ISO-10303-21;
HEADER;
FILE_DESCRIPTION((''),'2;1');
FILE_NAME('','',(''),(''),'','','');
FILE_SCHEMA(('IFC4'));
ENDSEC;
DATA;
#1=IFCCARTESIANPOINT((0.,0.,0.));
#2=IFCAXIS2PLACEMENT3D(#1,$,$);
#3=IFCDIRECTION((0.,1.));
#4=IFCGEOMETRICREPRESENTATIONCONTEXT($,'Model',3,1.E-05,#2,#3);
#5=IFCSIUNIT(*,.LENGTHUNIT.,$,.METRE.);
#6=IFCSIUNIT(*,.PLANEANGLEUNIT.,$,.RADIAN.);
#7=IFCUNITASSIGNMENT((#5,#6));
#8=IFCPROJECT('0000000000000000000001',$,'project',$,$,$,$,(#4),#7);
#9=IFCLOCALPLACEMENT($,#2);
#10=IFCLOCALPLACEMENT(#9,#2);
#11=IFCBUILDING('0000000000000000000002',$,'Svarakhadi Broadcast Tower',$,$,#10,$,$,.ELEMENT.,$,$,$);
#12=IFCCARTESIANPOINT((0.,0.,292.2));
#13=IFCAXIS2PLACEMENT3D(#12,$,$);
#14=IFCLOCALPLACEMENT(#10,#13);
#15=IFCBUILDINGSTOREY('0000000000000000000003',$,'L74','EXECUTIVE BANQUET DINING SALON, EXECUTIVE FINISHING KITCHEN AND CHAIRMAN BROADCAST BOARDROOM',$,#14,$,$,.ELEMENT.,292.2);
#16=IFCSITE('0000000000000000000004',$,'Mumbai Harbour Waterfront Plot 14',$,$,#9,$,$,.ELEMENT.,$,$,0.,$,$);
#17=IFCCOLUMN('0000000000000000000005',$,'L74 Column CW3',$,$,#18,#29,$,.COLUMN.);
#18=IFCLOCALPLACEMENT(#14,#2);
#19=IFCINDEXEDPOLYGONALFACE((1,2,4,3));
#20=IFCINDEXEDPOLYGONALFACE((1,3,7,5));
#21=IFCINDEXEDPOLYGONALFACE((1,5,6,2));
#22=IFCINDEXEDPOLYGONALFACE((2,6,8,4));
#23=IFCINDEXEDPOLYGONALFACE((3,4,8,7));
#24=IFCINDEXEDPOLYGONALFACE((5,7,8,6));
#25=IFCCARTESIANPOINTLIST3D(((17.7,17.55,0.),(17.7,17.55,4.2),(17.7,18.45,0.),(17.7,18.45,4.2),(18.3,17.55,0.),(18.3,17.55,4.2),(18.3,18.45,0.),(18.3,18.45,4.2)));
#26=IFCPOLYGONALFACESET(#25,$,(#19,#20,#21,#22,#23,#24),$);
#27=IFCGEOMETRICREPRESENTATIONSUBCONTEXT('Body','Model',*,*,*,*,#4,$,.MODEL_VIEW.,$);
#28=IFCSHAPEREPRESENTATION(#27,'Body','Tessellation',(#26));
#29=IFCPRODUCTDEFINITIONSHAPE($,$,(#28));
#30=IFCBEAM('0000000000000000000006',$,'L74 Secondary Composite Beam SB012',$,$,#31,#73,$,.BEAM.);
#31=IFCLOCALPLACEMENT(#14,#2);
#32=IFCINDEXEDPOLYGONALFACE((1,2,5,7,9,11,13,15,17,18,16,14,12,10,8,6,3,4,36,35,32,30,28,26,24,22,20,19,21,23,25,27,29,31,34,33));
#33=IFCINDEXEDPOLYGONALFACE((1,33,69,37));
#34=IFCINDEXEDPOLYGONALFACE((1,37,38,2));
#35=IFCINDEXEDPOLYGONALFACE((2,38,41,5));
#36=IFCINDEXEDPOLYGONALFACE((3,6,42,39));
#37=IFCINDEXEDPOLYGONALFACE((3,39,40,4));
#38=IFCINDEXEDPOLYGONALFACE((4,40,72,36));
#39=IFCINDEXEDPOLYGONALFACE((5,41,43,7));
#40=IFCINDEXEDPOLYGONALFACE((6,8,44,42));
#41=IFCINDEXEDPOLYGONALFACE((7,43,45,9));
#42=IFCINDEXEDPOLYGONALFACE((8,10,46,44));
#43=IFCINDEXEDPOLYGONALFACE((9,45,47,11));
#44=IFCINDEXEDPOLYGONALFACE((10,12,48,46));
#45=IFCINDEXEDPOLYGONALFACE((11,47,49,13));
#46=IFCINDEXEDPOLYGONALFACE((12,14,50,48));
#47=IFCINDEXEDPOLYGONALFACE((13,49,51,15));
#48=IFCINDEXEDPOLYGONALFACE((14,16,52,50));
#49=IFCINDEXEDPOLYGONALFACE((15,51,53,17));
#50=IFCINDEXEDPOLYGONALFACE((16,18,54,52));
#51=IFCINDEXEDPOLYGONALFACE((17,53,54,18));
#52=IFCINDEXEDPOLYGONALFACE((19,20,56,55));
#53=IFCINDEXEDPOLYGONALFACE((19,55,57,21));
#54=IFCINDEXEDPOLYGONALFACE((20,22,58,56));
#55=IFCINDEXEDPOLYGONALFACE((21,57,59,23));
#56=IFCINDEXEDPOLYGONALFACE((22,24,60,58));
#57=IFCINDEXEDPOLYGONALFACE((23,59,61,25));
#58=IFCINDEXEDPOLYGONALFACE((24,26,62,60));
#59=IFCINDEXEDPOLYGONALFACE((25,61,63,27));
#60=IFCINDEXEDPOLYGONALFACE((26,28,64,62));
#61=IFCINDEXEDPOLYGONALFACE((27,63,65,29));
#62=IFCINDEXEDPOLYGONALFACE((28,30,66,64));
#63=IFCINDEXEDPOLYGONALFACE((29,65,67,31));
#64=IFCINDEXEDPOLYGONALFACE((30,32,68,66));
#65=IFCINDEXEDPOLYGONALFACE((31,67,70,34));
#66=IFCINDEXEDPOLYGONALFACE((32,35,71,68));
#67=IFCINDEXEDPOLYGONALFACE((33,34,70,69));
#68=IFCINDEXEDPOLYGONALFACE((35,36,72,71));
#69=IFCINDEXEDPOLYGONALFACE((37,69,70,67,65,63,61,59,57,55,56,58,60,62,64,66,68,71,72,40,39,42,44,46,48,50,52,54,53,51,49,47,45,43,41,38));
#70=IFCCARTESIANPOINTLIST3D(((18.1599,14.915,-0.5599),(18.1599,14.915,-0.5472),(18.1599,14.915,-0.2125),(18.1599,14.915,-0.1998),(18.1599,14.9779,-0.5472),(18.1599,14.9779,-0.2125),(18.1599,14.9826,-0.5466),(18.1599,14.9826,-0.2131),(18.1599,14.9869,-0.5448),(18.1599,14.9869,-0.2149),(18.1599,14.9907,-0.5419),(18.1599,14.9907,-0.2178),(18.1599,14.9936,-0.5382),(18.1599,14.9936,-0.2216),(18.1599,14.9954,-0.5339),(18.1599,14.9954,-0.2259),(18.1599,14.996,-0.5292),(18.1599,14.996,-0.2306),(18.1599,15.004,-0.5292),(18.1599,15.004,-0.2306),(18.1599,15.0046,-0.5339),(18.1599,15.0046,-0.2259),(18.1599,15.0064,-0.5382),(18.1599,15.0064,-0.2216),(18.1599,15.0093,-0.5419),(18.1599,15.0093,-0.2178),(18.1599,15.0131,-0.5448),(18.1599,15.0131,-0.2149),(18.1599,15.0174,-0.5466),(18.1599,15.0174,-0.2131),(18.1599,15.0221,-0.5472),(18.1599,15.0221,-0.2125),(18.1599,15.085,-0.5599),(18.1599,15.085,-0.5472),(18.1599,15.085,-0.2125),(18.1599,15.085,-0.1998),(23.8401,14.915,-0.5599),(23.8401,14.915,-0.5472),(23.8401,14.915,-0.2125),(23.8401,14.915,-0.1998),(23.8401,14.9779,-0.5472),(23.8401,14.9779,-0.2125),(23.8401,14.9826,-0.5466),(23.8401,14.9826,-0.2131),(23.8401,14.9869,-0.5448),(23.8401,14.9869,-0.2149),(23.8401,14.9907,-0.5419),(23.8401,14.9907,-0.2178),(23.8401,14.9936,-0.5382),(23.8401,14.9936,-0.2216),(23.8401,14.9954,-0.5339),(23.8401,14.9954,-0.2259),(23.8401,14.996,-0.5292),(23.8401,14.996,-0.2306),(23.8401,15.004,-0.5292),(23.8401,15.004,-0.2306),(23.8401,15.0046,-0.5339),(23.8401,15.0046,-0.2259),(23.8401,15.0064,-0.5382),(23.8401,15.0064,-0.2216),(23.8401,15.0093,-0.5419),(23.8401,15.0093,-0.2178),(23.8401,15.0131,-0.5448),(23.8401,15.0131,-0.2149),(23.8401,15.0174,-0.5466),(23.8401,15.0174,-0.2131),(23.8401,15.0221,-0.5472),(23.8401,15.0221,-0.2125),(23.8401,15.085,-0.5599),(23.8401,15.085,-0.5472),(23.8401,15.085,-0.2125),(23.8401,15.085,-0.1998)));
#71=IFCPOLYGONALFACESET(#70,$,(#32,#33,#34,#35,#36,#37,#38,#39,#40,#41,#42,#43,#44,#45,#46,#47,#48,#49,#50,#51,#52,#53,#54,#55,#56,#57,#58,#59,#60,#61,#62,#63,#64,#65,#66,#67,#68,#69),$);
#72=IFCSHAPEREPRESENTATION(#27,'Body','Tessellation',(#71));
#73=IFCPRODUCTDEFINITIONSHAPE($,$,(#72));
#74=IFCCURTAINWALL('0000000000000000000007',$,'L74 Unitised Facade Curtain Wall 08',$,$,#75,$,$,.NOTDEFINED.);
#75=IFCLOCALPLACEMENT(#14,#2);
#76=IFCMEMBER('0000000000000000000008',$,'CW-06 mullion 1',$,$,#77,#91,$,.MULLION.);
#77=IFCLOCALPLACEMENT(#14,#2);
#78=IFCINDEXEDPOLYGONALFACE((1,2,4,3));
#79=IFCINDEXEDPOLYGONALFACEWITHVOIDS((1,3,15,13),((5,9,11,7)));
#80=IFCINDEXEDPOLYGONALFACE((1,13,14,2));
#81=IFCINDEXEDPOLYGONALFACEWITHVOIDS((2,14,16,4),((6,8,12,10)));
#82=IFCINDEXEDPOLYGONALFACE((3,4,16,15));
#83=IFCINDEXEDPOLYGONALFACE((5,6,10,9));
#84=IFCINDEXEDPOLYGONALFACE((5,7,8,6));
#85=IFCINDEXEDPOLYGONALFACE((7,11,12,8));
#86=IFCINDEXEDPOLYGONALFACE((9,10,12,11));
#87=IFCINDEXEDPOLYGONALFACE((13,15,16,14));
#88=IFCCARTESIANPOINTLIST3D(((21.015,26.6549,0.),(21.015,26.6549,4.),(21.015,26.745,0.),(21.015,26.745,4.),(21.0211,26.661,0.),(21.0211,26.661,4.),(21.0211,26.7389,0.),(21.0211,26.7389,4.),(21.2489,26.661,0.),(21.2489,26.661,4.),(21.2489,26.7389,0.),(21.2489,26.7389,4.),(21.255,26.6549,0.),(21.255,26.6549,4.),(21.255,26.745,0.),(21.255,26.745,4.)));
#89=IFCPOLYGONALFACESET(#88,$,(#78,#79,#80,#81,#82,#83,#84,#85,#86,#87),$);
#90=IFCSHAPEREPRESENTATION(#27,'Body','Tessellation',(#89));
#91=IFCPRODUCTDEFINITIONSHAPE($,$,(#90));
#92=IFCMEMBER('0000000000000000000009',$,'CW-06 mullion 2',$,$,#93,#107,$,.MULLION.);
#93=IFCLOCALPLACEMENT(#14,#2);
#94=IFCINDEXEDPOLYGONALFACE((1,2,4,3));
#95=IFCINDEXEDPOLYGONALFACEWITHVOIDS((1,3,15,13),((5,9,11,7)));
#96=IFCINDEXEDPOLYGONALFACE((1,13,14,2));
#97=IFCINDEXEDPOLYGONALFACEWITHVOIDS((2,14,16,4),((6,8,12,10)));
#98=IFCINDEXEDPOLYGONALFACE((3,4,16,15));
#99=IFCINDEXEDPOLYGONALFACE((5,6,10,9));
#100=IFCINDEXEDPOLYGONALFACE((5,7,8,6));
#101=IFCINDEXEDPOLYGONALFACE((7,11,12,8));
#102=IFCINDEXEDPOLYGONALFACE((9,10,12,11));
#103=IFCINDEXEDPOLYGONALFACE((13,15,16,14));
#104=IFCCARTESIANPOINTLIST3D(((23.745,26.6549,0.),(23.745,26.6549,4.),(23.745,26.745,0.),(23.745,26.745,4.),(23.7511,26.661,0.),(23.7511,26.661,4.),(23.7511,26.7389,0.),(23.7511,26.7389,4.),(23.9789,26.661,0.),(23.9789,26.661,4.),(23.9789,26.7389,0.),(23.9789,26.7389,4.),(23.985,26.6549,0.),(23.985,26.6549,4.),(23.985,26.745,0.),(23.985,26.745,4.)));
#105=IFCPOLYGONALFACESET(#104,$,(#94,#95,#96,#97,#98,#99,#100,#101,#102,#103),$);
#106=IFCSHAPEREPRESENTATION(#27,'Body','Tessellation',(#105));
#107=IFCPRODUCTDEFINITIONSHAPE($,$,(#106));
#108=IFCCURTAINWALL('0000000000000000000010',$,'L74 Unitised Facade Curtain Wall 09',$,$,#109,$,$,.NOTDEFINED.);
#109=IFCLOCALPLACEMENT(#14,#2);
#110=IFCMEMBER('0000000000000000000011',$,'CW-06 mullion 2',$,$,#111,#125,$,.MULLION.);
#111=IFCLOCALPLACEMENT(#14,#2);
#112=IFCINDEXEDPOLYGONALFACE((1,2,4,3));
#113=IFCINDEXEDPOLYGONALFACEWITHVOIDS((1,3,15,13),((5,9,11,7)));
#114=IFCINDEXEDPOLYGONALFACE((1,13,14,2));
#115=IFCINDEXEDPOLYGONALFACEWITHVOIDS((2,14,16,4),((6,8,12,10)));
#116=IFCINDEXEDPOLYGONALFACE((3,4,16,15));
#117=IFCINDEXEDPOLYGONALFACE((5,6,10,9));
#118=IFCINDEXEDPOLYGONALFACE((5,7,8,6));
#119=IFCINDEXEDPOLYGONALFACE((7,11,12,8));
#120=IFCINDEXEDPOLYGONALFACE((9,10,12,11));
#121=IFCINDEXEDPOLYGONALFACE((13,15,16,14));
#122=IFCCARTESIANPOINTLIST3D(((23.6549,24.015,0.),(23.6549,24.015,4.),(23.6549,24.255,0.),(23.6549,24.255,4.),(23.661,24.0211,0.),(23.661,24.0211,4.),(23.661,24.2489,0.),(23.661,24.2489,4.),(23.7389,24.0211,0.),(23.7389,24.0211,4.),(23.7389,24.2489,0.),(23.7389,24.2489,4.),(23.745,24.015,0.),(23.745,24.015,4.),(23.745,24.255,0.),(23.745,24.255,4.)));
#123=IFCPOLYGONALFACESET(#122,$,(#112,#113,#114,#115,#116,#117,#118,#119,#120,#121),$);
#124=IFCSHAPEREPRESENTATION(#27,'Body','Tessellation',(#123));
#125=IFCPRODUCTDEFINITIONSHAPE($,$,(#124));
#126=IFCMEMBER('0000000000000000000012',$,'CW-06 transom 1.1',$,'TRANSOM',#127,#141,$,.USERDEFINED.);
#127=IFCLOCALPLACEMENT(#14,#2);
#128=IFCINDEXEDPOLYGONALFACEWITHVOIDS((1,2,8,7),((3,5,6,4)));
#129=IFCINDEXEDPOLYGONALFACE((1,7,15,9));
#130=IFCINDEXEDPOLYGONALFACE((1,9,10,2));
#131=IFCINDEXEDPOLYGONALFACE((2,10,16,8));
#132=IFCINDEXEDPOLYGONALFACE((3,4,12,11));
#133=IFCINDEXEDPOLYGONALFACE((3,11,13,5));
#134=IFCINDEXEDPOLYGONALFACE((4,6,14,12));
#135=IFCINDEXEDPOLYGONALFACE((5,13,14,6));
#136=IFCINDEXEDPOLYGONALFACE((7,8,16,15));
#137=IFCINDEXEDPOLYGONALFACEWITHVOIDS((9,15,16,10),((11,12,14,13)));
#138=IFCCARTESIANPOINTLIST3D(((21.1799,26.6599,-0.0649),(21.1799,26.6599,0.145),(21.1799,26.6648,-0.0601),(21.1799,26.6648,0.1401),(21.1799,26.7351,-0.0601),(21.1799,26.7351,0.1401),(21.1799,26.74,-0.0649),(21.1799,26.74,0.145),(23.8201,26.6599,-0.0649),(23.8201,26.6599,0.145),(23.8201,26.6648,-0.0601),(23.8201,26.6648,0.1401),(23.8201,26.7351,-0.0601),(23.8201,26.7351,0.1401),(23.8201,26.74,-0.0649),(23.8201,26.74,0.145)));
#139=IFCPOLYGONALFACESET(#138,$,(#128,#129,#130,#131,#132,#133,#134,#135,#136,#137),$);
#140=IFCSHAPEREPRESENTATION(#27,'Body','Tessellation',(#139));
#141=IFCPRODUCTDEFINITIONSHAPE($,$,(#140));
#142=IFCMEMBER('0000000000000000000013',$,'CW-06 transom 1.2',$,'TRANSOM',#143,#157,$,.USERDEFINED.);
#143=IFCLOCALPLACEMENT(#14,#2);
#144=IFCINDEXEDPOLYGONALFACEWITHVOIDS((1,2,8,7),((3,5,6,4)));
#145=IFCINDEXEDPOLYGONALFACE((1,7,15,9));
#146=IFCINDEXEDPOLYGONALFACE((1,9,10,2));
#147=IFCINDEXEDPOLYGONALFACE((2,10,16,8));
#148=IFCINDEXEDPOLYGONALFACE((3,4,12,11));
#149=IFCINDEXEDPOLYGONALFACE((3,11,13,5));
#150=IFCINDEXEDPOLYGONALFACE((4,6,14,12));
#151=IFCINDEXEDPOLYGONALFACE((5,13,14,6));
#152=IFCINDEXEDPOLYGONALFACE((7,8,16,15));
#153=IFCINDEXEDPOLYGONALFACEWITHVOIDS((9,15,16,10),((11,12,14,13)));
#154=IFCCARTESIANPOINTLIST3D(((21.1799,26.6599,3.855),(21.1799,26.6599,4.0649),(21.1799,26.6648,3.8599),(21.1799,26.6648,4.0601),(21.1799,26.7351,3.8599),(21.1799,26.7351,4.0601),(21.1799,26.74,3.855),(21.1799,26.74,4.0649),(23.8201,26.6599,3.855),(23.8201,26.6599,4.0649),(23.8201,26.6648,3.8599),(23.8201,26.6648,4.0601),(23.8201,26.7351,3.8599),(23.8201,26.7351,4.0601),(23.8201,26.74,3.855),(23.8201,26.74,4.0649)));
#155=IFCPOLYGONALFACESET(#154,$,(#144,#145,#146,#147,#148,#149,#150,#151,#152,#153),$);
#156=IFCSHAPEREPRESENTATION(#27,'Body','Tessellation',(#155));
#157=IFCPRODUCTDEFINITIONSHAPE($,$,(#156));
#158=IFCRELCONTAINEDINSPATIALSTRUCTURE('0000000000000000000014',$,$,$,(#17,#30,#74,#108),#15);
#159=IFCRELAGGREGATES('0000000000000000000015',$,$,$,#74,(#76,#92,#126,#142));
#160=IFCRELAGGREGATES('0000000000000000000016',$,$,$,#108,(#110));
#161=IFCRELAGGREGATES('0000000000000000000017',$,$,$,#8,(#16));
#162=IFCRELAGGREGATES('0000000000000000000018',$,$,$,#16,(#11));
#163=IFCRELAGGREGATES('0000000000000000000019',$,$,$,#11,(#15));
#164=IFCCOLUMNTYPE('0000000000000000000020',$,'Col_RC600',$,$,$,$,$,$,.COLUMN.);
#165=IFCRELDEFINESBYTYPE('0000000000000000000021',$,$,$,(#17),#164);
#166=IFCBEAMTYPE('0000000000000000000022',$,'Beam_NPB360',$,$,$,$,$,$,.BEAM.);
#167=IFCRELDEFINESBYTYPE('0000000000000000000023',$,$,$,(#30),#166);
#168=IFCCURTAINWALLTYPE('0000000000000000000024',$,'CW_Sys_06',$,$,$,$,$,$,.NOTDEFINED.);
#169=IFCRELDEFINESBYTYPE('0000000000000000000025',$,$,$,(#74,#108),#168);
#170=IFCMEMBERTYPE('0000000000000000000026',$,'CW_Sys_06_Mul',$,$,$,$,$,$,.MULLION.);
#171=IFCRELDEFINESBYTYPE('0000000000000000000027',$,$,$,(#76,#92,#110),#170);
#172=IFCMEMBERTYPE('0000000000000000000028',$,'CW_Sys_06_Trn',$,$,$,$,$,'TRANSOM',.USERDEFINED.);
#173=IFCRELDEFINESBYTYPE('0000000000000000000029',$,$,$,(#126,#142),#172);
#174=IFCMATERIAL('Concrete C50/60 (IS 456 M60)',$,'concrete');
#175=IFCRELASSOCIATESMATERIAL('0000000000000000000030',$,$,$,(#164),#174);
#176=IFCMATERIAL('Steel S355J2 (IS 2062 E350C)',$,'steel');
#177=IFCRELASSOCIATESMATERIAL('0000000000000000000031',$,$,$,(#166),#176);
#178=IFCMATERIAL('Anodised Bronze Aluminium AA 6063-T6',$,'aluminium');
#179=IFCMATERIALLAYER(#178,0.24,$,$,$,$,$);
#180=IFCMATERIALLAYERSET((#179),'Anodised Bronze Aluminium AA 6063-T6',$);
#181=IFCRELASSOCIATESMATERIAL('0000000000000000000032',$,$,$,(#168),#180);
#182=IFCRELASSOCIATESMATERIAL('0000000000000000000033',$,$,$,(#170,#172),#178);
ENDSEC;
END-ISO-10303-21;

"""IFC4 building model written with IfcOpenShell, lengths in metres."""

from ifc_helpers import new_model, si_unit, direction, frame, origin, origin_2d, place, context, subcontext, project, spatial, rectangle, hollow_rectangle, i_section, extrude, material, layer, layer_set, material_profile, profile_set, type_object, element, aggregate, save


model = new_model("IFC4")

# Units and contexts
model_context = context("Model", 3, precision=1e-05, world=origin(), true_north=direction((0.0, 1.0)))
body_context = subcontext(model_context, "Body", "Model", "MODEL_VIEW")
ifc_project = project(units=[si_unit("LENGTHUNIT", "METRE"), si_unit("PLANEANGLEUNIT", "RADIAN")], contexts=[model_context])

# Site, building, storey
site_placement = place(None, origin())
site = spatial("IfcSite", under=ifc_project, at=site_placement, Name="Mumbai Harbour Waterfront Plot 14", CompositionType="ELEMENT", RefElevation=0.0)
building_placement = place(site_placement, origin())
building = spatial("IfcBuilding", under=site, at=building_placement, Name="Svarakhadi Broadcast Tower", CompositionType="ELEMENT")
storey_placement = place(building_placement, frame((0.0, 0.0, 292.2)))
storey = spatial("IfcBuildingStorey", under=building, at=storey_placement, Name="L74", Description="EXECUTIVE BANQUET DINING SALON, EXECUTIVE FINISHING KITCHEN AND CHAIRMAN BROADCAST BOARDROOM", CompositionType="ELEMENT", Elevation=292.2)

# Column
ifc_material_1 = material(Name="Concrete C50/60 (IS 456 M60)", Category="concrete")
ifc_material_profile_1 = material_profile(ifc_material_1, rectangle(XDim=0.6001, YDim=0.8999, at=origin_2d()), Name="RC 600x900")
ifc_profile_set_1 = profile_set([ifc_material_profile_1], Name="Concrete C50/60 (IS 456 M60)")
column_type = type_object("IfcColumnType", Name="Col_RC600", PredefinedType="COLUMN", material=ifc_profile_set_1)
column_placement = place(storey_placement, frame((18.0, 18.0, 0.0), z_axis=(0.0, 0.0, 1.0), x_axis=(1.0, 0.0, 0.0)))
element("IfcColumn", 1, at=column_placement, inside=storey, type_object=column_type, Name="L74 Column CW3", PredefinedType="COLUMN", context=body_context, shape_type="SweptSolid", body=[
    extrude(rectangle(XDim=0.6001, YDim=0.8999, at=origin_2d()), origin(), (0.0, 0.0, 1.0), 4.2),
])

# Beam
ifc_material_2 = material(Name="Steel S355J2 (IS 2062 E350C)", Category="steel")
ifc_material_profile_2 = material_profile(ifc_material_2, i_section(OverallWidth=0.1699, OverallDepth=0.3601, WebThickness=0.0081, FlangeThickness=0.0127, FilletRadius=0.0181, at=origin_2d()), Name="NPB 360x170x57")
ifc_profile_set_2 = profile_set([ifc_material_profile_2], Name="Steel S355J2 (IS 2062 E350C)")
beam_type_1 = type_object("IfcBeamType", Name="Beam_NPB360", PredefinedType="BEAM", material=ifc_profile_set_2)
beam_1_placement = place(storey_placement, frame((18.1599, 15.0, -0.3799), z_axis=(1.0, 0.0, 0.0), x_axis=(0.0, 1.0, 0.0)))
element("IfcBeam", 2, at=beam_1_placement, inside=storey, type_object=beam_type_1, Name="L74 Secondary Composite Beam SB012", PredefinedType="BEAM", context=body_context, shape_type="SweptSolid", body=[
    extrude(i_section(OverallWidth=0.1699, OverallDepth=0.3601, WebThickness=0.0081, FlangeThickness=0.0127, FilletRadius=0.0181, at=origin_2d()), origin(), (0.0, 0.0, 1.0), 5.6802),
])

# Curtain wall, members
ifc_material_3 = material(Name="Anodised Bronze Aluminium AA 6063-T6", Category="aluminium")
ifc_layer_1 = layer(ifc_material_3, 0.24)
ifc_layer_set_1 = layer_set([ifc_layer_1], Name="Anodised Bronze Aluminium AA 6063-T6")
curtain_wall_type = type_object("IfcCurtainWallType", Name="CW_Sys_06", PredefinedType="NOTDEFINED", material=ifc_layer_set_1)
curtain_wall_1_placement = place(storey_placement, origin())
curtain_wall_1 = element("IfcCurtainWall", 3, at=curtain_wall_1_placement, inside=storey, type_object=curtain_wall_type, Name="L74 Unitised Facade Curtain Wall 08", PredefinedType="NOTDEFINED")
ifc_material_profile_3 = material_profile(ifc_material_3, hollow_rectangle(XDim=0.0901, YDim=0.24, WallThickness=0.0061, at=origin_2d()), Name="ALU MULLION 240x90x6")
ifc_profile_set_3 = profile_set([ifc_material_profile_3], Name="Anodised Bronze Aluminium AA 6063-T6")
member_type_1 = type_object("IfcMemberType", Name="CW_Sys_06_Mul", PredefinedType="MULLION", material=ifc_profile_set_3)
member_1_placement = place(storey_placement, frame((21.135, 26.7, 0.0), z_axis=(0.0, 0.0, 1.0), x_axis=(0.0, 1.0, 0.0)))
member_1 = element("IfcMember", 4, at=member_1_placement, type_object=member_type_1, Name="CW-06 mullion 1", PredefinedType="MULLION", context=body_context, shape_type="SweptSolid", body=[
    extrude(hollow_rectangle(XDim=0.0901, YDim=0.24, WallThickness=0.0061, at=origin_2d()), origin(), (0.0, 0.0, 1.0), 4.0),
])
member_2_placement = place(storey_placement, frame((23.865, 26.7, 0.0), z_axis=(0.0, 0.0, 1.0), x_axis=(0.0, 1.0, 0.0)))
member_2 = element("IfcMember", 5, at=member_2_placement, type_object=member_type_1, Name="CW-06 mullion 2", PredefinedType="MULLION", context=body_context, shape_type="SweptSolid", body=[
    extrude(hollow_rectangle(XDim=0.0901, YDim=0.24, WallThickness=0.0061, at=origin_2d()), origin(), (0.0, 0.0, 1.0), 4.0),
])

# Curtain wall, member
curtain_wall_2_placement = place(storey_placement, origin())
curtain_wall_2 = element("IfcCurtainWall", 6, at=curtain_wall_2_placement, inside=storey, type_object=curtain_wall_type, Name="L74 Unitised Facade Curtain Wall 09", PredefinedType="NOTDEFINED")
member_3_placement = place(storey_placement, frame((23.7, 24.135, 0.0), z_axis=(0.0, 0.0, 1.0), x_axis=(1.0, 0.0, 0.0)))
member_3 = element("IfcMember", 7, at=member_3_placement, type_object=member_type_1, Name="CW-06 mullion 2", PredefinedType="MULLION", context=body_context, shape_type="SweptSolid", body=[
    extrude(hollow_rectangle(XDim=0.0901, YDim=0.24, WallThickness=0.0061, at=origin_2d()), origin(), (0.0, 0.0, 1.0), 4.0),
])

# Members
ifc_material_profile_4 = material_profile(ifc_material_3, hollow_rectangle(XDim=0.0801, YDim=0.21, WallThickness=0.0049, at=origin_2d()), Name="ALU TRANSOM 210x80x5")
ifc_profile_set_4 = profile_set([ifc_material_profile_4], Name="Anodised Bronze Aluminium AA 6063-T6")
member_type_2 = type_object("IfcMemberType", Name="CW_Sys_06_Trn", ElementType="TRANSOM", PredefinedType="USERDEFINED", material=ifc_profile_set_4)
member_4_placement = place(storey_placement, frame((21.1799, 26.7, 0.04), z_axis=(1.0, 0.0, 0.0), x_axis=(0.0, 1.0, 0.0)))
member_4 = element("IfcMember", 8, at=member_4_placement, type_object=member_type_2, Name="CW-06 transom 1.1", ObjectType="TRANSOM", PredefinedType="USERDEFINED", context=body_context, shape_type="SweptSolid", body=[
    extrude(hollow_rectangle(XDim=0.0801, YDim=0.21, WallThickness=0.0049, at=origin_2d()), origin(), (0.0, 0.0, 1.0), 2.6401),
])
member_5_placement = place(storey_placement, frame((21.1799, 26.7, 3.96), z_axis=(1.0, 0.0, 0.0), x_axis=(0.0, 1.0, 0.0)))
member_5 = element("IfcMember", 9, at=member_5_placement, type_object=member_type_2, Name="CW-06 transom 1.2", ObjectType="TRANSOM", PredefinedType="USERDEFINED", context=body_context, shape_type="SweptSolid", body=[
    extrude(hollow_rectangle(XDim=0.0801, YDim=0.21, WallThickness=0.0049, at=origin_2d()), origin(), (0.0, 0.0, 1.0), 2.6401),
])

aggregate(curtain_wall_1, [member_1, member_2, member_4, member_5])
aggregate(curtain_wall_2, [member_3])

save(model, "model.ifc")
